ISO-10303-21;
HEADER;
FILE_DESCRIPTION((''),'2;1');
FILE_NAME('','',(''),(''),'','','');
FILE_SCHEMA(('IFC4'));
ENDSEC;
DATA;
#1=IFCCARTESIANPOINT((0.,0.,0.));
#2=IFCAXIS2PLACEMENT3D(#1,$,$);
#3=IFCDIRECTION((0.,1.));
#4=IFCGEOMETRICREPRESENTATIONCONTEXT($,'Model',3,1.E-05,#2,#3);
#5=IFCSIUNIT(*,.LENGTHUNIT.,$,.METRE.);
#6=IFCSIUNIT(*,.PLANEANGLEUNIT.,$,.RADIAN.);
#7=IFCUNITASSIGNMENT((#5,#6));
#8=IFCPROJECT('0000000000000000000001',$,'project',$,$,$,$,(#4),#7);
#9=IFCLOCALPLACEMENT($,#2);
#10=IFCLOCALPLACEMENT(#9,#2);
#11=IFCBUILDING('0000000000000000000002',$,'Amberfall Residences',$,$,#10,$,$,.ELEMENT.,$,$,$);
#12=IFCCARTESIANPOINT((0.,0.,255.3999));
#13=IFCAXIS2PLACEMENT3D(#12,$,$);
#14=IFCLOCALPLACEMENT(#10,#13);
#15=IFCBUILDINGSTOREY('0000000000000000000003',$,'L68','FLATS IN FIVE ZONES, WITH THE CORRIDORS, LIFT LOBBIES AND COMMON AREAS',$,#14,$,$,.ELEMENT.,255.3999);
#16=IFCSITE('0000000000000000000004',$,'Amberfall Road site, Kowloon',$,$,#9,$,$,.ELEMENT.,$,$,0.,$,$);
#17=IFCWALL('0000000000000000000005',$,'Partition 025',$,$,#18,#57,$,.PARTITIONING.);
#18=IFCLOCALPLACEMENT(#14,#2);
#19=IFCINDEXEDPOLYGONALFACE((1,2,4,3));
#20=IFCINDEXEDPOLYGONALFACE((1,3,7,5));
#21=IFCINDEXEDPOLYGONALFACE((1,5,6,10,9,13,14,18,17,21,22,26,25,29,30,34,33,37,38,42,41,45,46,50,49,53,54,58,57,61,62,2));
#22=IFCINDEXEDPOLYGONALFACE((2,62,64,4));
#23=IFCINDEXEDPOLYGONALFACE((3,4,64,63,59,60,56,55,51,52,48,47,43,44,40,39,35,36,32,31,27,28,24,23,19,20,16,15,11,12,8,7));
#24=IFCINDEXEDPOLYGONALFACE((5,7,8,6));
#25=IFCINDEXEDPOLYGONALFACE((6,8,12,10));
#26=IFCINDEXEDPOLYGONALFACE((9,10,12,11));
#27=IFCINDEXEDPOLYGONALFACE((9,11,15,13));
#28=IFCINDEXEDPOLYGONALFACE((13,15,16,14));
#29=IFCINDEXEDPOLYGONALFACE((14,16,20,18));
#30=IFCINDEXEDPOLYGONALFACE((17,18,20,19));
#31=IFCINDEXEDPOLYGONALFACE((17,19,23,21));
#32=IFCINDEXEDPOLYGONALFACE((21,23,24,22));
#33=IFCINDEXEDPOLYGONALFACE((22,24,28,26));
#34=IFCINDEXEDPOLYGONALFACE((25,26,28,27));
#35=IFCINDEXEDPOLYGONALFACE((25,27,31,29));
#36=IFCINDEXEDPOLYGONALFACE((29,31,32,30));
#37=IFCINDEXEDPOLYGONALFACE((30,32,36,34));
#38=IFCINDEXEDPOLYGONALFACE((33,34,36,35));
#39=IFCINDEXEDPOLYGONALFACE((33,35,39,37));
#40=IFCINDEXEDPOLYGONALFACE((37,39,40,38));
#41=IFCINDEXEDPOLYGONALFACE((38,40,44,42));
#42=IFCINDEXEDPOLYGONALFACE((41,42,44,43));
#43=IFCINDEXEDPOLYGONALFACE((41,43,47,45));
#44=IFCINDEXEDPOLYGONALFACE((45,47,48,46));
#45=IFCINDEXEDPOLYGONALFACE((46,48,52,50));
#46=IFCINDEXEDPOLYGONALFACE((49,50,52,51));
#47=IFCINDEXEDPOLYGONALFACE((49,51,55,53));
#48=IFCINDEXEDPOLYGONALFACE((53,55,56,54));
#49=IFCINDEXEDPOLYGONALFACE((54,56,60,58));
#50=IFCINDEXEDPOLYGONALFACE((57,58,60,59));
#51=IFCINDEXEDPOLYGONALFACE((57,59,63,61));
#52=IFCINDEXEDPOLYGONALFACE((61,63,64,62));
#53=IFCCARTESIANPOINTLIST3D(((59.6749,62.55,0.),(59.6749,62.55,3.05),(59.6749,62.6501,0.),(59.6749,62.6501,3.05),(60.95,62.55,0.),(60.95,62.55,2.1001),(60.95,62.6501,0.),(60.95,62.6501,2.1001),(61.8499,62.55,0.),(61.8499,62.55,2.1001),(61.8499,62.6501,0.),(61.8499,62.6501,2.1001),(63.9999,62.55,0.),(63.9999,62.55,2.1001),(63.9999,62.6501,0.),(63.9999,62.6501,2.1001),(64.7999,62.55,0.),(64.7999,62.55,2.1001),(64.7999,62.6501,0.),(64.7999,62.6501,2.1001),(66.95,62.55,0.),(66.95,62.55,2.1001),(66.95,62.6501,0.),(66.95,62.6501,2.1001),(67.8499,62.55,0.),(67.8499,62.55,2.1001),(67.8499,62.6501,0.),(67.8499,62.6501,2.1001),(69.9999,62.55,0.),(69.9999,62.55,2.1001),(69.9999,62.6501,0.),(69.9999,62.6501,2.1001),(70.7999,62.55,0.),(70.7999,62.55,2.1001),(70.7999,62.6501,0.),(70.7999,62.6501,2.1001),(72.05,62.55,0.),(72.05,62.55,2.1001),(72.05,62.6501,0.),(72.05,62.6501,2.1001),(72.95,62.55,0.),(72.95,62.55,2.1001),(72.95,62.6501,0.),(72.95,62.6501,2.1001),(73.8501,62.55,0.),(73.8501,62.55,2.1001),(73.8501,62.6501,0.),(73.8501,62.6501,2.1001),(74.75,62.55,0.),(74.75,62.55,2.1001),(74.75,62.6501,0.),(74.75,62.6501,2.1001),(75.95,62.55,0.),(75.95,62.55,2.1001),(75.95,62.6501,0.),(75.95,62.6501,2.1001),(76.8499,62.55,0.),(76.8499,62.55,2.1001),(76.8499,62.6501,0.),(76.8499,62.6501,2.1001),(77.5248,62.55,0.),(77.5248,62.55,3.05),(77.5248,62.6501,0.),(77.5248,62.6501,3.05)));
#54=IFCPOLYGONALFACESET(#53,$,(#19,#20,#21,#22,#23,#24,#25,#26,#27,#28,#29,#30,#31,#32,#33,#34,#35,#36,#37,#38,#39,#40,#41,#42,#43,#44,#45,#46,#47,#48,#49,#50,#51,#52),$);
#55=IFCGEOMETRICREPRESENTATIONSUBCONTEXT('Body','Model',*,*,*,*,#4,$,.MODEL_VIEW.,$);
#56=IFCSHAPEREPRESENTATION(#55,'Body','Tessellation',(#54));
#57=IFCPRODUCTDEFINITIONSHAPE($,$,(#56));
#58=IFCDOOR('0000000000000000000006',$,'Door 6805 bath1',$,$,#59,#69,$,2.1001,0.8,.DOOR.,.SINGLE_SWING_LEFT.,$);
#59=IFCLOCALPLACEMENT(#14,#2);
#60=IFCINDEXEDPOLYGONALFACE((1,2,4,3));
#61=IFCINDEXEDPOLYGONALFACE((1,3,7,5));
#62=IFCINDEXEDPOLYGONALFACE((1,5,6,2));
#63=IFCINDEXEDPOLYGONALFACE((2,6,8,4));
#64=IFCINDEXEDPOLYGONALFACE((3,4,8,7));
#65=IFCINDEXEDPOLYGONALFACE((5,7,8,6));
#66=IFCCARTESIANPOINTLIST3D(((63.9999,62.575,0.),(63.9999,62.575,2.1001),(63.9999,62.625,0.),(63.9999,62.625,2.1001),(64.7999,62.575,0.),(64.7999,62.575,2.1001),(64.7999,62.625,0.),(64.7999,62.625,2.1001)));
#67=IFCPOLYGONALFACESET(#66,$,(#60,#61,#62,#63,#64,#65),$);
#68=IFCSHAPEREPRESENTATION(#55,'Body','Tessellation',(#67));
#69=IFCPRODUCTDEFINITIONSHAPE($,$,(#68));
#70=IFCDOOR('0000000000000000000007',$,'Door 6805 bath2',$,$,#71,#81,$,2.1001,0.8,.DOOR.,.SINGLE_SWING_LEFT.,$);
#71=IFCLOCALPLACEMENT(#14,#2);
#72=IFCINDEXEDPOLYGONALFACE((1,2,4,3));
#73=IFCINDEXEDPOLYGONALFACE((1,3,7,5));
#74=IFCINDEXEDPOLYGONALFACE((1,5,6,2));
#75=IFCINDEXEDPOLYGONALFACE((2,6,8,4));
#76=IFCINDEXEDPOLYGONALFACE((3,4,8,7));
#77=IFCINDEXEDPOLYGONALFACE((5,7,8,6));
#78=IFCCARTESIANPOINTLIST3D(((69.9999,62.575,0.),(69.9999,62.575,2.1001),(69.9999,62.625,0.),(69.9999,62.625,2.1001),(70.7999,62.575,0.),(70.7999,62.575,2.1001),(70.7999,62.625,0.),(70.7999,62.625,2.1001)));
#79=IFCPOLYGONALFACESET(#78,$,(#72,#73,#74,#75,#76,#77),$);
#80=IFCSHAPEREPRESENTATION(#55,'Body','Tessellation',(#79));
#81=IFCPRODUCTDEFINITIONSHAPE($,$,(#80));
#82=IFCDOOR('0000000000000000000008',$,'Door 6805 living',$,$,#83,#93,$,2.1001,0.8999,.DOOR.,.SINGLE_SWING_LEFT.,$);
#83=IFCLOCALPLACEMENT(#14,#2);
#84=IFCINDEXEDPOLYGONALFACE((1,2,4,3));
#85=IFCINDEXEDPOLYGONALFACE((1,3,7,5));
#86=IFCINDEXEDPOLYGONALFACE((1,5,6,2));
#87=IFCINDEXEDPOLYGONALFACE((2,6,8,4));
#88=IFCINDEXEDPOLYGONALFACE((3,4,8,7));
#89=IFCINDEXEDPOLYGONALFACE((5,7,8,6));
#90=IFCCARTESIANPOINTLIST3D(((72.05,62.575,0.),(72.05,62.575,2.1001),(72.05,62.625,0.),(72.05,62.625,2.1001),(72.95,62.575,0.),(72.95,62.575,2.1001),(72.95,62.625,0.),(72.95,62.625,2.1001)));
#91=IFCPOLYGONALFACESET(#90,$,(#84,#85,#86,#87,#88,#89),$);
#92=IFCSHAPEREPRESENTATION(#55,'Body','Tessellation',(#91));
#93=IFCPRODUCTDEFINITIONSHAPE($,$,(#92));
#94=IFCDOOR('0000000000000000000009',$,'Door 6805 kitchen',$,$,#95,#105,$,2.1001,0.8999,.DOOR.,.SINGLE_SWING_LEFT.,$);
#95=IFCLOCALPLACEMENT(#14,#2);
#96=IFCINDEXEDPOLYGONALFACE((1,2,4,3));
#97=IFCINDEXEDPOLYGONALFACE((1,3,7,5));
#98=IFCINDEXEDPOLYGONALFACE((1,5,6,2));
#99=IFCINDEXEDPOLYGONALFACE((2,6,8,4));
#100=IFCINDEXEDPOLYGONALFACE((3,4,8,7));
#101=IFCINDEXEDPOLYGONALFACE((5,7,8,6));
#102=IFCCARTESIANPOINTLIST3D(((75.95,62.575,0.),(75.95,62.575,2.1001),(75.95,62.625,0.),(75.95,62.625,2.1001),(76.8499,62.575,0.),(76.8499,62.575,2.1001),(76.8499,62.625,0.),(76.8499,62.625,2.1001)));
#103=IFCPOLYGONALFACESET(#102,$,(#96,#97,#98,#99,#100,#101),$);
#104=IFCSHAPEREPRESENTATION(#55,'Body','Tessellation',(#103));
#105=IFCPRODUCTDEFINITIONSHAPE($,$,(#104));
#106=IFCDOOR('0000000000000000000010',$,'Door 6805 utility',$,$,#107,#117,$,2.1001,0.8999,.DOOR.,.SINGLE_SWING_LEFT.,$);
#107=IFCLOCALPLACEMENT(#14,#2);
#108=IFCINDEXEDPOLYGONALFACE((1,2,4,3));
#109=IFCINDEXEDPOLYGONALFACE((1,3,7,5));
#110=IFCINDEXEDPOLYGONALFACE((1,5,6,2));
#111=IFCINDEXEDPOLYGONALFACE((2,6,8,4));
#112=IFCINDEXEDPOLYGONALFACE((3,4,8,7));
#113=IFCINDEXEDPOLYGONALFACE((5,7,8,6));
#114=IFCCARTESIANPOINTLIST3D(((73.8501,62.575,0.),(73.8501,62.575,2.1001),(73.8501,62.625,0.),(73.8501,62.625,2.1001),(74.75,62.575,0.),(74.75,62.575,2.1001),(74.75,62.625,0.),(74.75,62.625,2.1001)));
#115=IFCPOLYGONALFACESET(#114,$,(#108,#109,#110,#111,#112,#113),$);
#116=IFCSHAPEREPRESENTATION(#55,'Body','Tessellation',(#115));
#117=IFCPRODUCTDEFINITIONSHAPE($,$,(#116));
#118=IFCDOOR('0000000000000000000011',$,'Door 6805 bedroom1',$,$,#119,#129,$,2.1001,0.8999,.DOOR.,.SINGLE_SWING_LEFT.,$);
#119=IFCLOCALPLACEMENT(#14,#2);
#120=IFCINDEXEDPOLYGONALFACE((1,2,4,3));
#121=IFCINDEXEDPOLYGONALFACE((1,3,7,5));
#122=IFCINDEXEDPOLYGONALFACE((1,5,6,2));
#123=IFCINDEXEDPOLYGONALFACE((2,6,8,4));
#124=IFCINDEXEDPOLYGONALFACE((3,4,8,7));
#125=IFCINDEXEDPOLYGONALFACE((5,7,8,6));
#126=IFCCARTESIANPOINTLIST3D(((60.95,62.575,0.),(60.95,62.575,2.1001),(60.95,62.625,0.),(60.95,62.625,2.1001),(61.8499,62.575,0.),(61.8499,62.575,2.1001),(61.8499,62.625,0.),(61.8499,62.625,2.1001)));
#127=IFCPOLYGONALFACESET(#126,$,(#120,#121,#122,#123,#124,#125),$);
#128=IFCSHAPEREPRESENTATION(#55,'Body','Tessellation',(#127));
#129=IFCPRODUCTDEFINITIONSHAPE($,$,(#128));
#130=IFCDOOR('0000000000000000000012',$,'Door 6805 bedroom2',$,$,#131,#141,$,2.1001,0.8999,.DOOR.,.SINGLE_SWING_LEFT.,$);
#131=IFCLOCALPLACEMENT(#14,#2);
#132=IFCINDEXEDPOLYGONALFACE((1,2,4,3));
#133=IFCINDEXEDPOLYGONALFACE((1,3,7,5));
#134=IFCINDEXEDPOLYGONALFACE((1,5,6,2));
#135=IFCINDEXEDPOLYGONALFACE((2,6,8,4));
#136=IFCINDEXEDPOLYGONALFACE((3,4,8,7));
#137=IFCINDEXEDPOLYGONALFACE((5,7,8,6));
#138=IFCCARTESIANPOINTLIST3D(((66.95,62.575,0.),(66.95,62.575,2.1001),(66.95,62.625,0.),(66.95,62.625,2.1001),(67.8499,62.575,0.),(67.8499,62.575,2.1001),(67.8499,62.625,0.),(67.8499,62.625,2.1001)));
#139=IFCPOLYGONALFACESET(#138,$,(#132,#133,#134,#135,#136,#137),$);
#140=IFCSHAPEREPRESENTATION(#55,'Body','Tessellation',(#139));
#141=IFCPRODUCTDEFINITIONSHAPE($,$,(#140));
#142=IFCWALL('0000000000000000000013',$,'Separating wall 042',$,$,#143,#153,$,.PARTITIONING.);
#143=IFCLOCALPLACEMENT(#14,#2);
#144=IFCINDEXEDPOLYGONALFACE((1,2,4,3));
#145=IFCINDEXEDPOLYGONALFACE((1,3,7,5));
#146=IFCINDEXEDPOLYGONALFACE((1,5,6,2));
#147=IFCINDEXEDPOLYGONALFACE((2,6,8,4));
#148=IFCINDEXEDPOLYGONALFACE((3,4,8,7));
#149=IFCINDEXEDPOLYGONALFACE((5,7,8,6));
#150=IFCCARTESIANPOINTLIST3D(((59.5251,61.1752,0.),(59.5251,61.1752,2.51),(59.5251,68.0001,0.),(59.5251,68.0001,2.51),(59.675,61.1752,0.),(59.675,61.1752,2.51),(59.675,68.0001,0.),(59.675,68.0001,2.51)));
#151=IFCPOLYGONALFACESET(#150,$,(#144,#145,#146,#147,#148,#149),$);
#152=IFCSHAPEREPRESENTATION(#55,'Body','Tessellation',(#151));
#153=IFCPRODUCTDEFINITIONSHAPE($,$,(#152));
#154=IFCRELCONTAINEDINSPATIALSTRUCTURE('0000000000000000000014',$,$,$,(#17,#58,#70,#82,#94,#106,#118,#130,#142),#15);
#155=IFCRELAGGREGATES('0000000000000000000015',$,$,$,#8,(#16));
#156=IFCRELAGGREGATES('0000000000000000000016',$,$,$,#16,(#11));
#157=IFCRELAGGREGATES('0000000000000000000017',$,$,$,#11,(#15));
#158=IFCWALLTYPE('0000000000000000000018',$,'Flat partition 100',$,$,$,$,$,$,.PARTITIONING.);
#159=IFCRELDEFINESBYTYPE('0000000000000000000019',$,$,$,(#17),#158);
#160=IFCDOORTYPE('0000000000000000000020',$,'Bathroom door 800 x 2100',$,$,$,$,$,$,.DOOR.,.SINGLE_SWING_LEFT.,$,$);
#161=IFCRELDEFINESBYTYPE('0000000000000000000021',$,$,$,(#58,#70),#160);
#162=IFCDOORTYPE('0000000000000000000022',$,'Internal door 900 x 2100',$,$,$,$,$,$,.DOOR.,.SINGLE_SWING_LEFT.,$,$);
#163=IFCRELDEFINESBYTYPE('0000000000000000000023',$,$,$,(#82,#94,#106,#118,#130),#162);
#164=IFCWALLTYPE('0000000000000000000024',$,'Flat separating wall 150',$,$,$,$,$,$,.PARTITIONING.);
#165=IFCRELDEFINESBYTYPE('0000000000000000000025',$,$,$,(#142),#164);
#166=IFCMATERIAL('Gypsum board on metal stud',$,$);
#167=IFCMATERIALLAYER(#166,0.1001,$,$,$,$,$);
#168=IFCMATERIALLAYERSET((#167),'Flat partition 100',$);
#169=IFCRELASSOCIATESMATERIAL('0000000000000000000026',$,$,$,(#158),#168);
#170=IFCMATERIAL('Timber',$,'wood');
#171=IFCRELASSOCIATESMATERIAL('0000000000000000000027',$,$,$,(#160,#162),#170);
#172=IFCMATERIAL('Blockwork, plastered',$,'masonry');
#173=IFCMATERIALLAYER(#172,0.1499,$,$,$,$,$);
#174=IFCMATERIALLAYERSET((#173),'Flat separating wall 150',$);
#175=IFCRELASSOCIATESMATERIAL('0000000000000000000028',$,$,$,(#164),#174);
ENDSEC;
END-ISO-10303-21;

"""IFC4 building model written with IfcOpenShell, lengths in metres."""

from ifc_helpers import new_model, si_unit, direction, frame, frame_2d, origin, place, context, subcontext, project, spatial, rectangle, extrude, material, layer, layer_set, type_object, element, fill, save


model = new_model("IFC4")

# Units and contexts
model_context = context("Model", 3, precision=1e-05, world=origin(), true_north=direction((0.0, 1.0)))
body_context = subcontext(model_context, "Body", "Model", "MODEL_VIEW")
ifc_project = project(units=[si_unit("LENGTHUNIT", "METRE"), si_unit("PLANEANGLEUNIT", "RADIAN")], contexts=[model_context])

# Site, building, storey
site_placement = place(None, origin())
site = spatial("IfcSite", under=ifc_project, at=site_placement, Name="Amberfall Road site, Kowloon", CompositionType="ELEMENT", RefElevation=0.0)
building_placement = place(site_placement, origin())
building = spatial("IfcBuilding", under=site, at=building_placement, Name="Amberfall Residences", CompositionType="ELEMENT")
storey_placement = place(building_placement, frame((0.0, 0.0, 255.3999)))
storey = spatial("IfcBuildingStorey", under=building, at=storey_placement, Name="L68", Description="FLATS IN FIVE ZONES, WITH THE CORRIDORS, LIFT LOBBIES AND COMMON AREAS", CompositionType="ELEMENT", Elevation=255.3999)

# Shared definitions
ifc_material_1 = material(Name="Gypsum board on metal stud")
ifc_layer_1 = layer(ifc_material_1, 0.1001)
ifc_layer_set_1 = layer_set([ifc_layer_1], Name="Flat partition 100")
wall_type_1 = type_object("IfcWallType", Name="Flat partition 100", PredefinedType="PARTITIONING", material=ifc_layer_set_1)

# Wall, openings, doors
wall_1_placement = place(storey_placement, frame((59.675, 62.6001, 0.0), z_axis=(0.0, 0.0, 1.0), x_axis=(1.0, 0.0, 0.0)))
wall_1 = element("IfcWall", 1, at=wall_1_placement, inside=storey, type_object=wall_type_1, Name="Partition 025", PredefinedType="PARTITIONING", context=body_context, shape_type="SweptSolid", body=[
    extrude(rectangle(XDim=17.8499, YDim=0.1001, at=frame_2d((8.9248, 0.0))), origin(), (0.0, 0.0, 1.0), 3.05),
])
opening_1_placement = place(wall_1_placement, frame((12.375, 0.0, 0.0)))
opening_1 = element("IfcOpeningElement", 2, at=opening_1_placement, cuts=wall_1, PredefinedType="OPENING", context=body_context, shape_type="SweptSolid", body=[
    extrude(rectangle(XDim=0.8999, YDim=2.1001, at=frame_2d((0.45, 1.05))), frame((0.0, 0.0601, 0.0), z_axis=(0.0, -1.0, 0.0), x_axis=(1.0, 0.0, 0.0)), (0.0, 0.0, 1.0), 0.1201),
])
opening_2_placement = place(wall_1_placement, frame((16.2749, 0.0, 0.0)))
opening_2 = element("IfcOpeningElement", 3, at=opening_2_placement, cuts=wall_1, PredefinedType="OPENING", context=body_context, shape_type="SweptSolid", body=[
    extrude(rectangle(XDim=0.8999, YDim=2.1001, at=frame_2d((0.45, 1.05))), frame((0.0, 0.0601, 0.0), z_axis=(0.0, -1.0, 0.0), x_axis=(1.0, 0.0, 0.0)), (0.0, 0.0, 1.0), 0.1201),
])
opening_3_placement = place(wall_1_placement, frame((14.175, 0.0, 0.0)))
opening_3 = element("IfcOpeningElement", 4, at=opening_3_placement, cuts=wall_1, PredefinedType="OPENING", context=body_context, shape_type="SweptSolid", body=[
    extrude(rectangle(XDim=0.8999, YDim=2.1001, at=frame_2d((0.45, 1.05))), frame((0.0, 0.0601, 0.0), z_axis=(0.0, -1.0, 0.0), x_axis=(1.0, 0.0, 0.0)), (0.0, 0.0, 1.0), 0.1201),
])
opening_4_placement = place(wall_1_placement, frame((1.2749, 0.0, 0.0)))
opening_4 = element("IfcOpeningElement", 5, at=opening_4_placement, cuts=wall_1, PredefinedType="OPENING", context=body_context, shape_type="SweptSolid", body=[
    extrude(rectangle(XDim=0.8999, YDim=2.1001, at=frame_2d((0.45, 1.05))), frame((0.0, 0.0601, 0.0), z_axis=(0.0, -1.0, 0.0), x_axis=(1.0, 0.0, 0.0)), (0.0, 0.0, 1.0), 0.1201),
])
opening_5_placement = place(wall_1_placement, frame((7.2749, 0.0, 0.0)))
opening_5 = element("IfcOpeningElement", 6, at=opening_5_placement, cuts=wall_1, PredefinedType="OPENING", context=body_context, shape_type="SweptSolid", body=[
    extrude(rectangle(XDim=0.8999, YDim=2.1001, at=frame_2d((0.45, 1.05))), frame((0.0, 0.0601, 0.0), z_axis=(0.0, -1.0, 0.0), x_axis=(1.0, 0.0, 0.0)), (0.0, 0.0, 1.0), 0.1201),
])
opening_6_placement = place(wall_1_placement, frame((4.325, 0.0, 0.0)))
opening_6 = element("IfcOpeningElement", 7, at=opening_6_placement, cuts=wall_1, PredefinedType="OPENING", context=body_context, shape_type="SweptSolid", body=[
    extrude(rectangle(XDim=0.8, YDim=2.1001, at=frame_2d((0.3999, 1.05))), frame((0.0, 0.0601, 0.0), z_axis=(0.0, -1.0, 0.0), x_axis=(1.0, 0.0, 0.0)), (0.0, 0.0, 1.0), 0.1201),
])
opening_7_placement = place(wall_1_placement, frame((10.325, 0.0, 0.0)))
opening_7 = element("IfcOpeningElement", 8, at=opening_7_placement, cuts=wall_1, PredefinedType="OPENING", context=body_context, shape_type="SweptSolid", body=[
    extrude(rectangle(XDim=0.8, YDim=2.1001, at=frame_2d((0.3999, 1.05))), frame((0.0, 0.0601, 0.0), z_axis=(0.0, -1.0, 0.0), x_axis=(1.0, 0.0, 0.0)), (0.0, 0.0, 1.0), 0.1201),
])
ifc_material_2 = material(Name="Timber", Category="wood")
door_type_1 = type_object("IfcDoorType", Name="Bathroom door 800 x 2100", OperationType="SINGLE_SWING_LEFT", PredefinedType="DOOR", material=ifc_material_2)
door_1_placement = place(opening_6_placement, origin())
door_1 = element("IfcDoor", 9, at=door_1_placement, inside=storey, type_object=door_type_1, Name="Door 6805 bath1", OperationType="SINGLE_SWING_LEFT", OverallHeight=2.1001, OverallWidth=0.8, PredefinedType="DOOR", context=body_context, shape_type="SweptSolid", body=[
    extrude(rectangle(XDim=0.8, YDim=2.1001, at=frame_2d((0.3999, 1.05))), frame((0.0, 0.0249, 0.0), z_axis=(0.0, -1.0, 0.0), x_axis=(1.0, 0.0, 0.0)), (0.0, 0.0, 1.0), 0.05),
])
fill(opening_6, door_1)
door_2_placement = place(opening_7_placement, origin())
door_2 = element("IfcDoor", 10, at=door_2_placement, inside=storey, type_object=door_type_1, Name="Door 6805 bath2", OperationType="SINGLE_SWING_LEFT", OverallHeight=2.1001, OverallWidth=0.8, PredefinedType="DOOR", context=body_context, shape_type="SweptSolid", body=[
    extrude(rectangle(XDim=0.8, YDim=2.1001, at=frame_2d((0.3999, 1.05))), frame((0.0, 0.0249, 0.0), z_axis=(0.0, -1.0, 0.0), x_axis=(1.0, 0.0, 0.0)), (0.0, 0.0, 1.0), 0.05),
])
fill(opening_7, door_2)
door_type_2 = type_object("IfcDoorType", Name="Internal door 900 x 2100", OperationType="SINGLE_SWING_LEFT", PredefinedType="DOOR", material=ifc_material_2)
door_3_placement = place(opening_1_placement, origin())
door_3 = element("IfcDoor", 11, at=door_3_placement, inside=storey, type_object=door_type_2, Name="Door 6805 living", OperationType="SINGLE_SWING_LEFT", OverallHeight=2.1001, OverallWidth=0.8999, PredefinedType="DOOR", context=body_context, shape_type="SweptSolid", body=[
    extrude(rectangle(XDim=0.8999, YDim=2.1001, at=frame_2d((0.45, 1.05))), frame((0.0, 0.0249, 0.0), z_axis=(0.0, -1.0, 0.0), x_axis=(1.0, 0.0, 0.0)), (0.0, 0.0, 1.0), 0.05),
])
fill(opening_1, door_3)
door_4_placement = place(opening_2_placement, origin())
door_4 = element("IfcDoor", 12, at=door_4_placement, inside=storey, type_object=door_type_2, Name="Door 6805 kitchen", OperationType="SINGLE_SWING_LEFT", OverallHeight=2.1001, OverallWidth=0.8999, PredefinedType="DOOR", context=body_context, shape_type="SweptSolid", body=[
    extrude(rectangle(XDim=0.8999, YDim=2.1001, at=frame_2d((0.45, 1.05))), frame((0.0, 0.0249, 0.0), z_axis=(0.0, -1.0, 0.0), x_axis=(1.0, 0.0, 0.0)), (0.0, 0.0, 1.0), 0.05),
])
fill(opening_2, door_4)
door_5_placement = place(opening_3_placement, origin())
door_5 = element("IfcDoor", 13, at=door_5_placement, inside=storey, type_object=door_type_2, Name="Door 6805 utility", OperationType="SINGLE_SWING_LEFT", OverallHeight=2.1001, OverallWidth=0.8999, PredefinedType="DOOR", context=body_context, shape_type="SweptSolid", body=[
    extrude(rectangle(XDim=0.8999, YDim=2.1001, at=frame_2d((0.45, 1.05))), frame((0.0, 0.0249, 0.0), z_axis=(0.0, -1.0, 0.0), x_axis=(1.0, 0.0, 0.0)), (0.0, 0.0, 1.0), 0.05),
])
fill(opening_3, door_5)
door_6_placement = place(opening_4_placement, origin())
door_6 = element("IfcDoor", 14, at=door_6_placement, inside=storey, type_object=door_type_2, Name="Door 6805 bedroom1", OperationType="SINGLE_SWING_LEFT", OverallHeight=2.1001, OverallWidth=0.8999, PredefinedType="DOOR", context=body_context, shape_type="SweptSolid", body=[
    extrude(rectangle(XDim=0.8999, YDim=2.1001, at=frame_2d((0.45, 1.05))), frame((0.0, 0.0249, 0.0), z_axis=(0.0, -1.0, 0.0), x_axis=(1.0, 0.0, 0.0)), (0.0, 0.0, 1.0), 0.05),
])
fill(opening_4, door_6)
door_7_placement = place(opening_5_placement, origin())
door_7 = element("IfcDoor", 15, at=door_7_placement, inside=storey, type_object=door_type_2, Name="Door 6805 bedroom2", OperationType="SINGLE_SWING_LEFT", OverallHeight=2.1001, OverallWidth=0.8999, PredefinedType="DOOR", context=body_context, shape_type="SweptSolid", body=[
    extrude(rectangle(XDim=0.8999, YDim=2.1001, at=frame_2d((0.45, 1.05))), frame((0.0, 0.0249, 0.0), z_axis=(0.0, -1.0, 0.0), x_axis=(1.0, 0.0, 0.0)), (0.0, 0.0, 1.0), 0.05),
])
fill(opening_5, door_7)

# Wall
ifc_material_3 = material(Name="Blockwork, plastered", Category="masonry")
ifc_layer_2 = layer(ifc_material_3, 0.1499)
ifc_layer_set_2 = layer_set([ifc_layer_2], Name="Flat separating wall 150")
wall_type_2 = type_object("IfcWallType", Name="Flat separating wall 150", PredefinedType="PARTITIONING", material=ifc_layer_set_2)
wall_2_placement = place(storey_placement, frame((59.6001, 61.175, 0.0), z_axis=(0.0, 0.0, 1.0), x_axis=(0.0, 1.0, 0.0)))
element("IfcWall", 16, at=wall_2_placement, inside=storey, type_object=wall_type_2, Name="Separating wall 042", PredefinedType="PARTITIONING", context=body_context, shape_type="SweptSolid", body=[
    extrude(rectangle(XDim=6.825, YDim=0.1499, at=frame_2d((3.4126, 0.0))), origin(), (0.0, 0.0, 1.0), 2.51),
])

save(model, "model.ifc")
